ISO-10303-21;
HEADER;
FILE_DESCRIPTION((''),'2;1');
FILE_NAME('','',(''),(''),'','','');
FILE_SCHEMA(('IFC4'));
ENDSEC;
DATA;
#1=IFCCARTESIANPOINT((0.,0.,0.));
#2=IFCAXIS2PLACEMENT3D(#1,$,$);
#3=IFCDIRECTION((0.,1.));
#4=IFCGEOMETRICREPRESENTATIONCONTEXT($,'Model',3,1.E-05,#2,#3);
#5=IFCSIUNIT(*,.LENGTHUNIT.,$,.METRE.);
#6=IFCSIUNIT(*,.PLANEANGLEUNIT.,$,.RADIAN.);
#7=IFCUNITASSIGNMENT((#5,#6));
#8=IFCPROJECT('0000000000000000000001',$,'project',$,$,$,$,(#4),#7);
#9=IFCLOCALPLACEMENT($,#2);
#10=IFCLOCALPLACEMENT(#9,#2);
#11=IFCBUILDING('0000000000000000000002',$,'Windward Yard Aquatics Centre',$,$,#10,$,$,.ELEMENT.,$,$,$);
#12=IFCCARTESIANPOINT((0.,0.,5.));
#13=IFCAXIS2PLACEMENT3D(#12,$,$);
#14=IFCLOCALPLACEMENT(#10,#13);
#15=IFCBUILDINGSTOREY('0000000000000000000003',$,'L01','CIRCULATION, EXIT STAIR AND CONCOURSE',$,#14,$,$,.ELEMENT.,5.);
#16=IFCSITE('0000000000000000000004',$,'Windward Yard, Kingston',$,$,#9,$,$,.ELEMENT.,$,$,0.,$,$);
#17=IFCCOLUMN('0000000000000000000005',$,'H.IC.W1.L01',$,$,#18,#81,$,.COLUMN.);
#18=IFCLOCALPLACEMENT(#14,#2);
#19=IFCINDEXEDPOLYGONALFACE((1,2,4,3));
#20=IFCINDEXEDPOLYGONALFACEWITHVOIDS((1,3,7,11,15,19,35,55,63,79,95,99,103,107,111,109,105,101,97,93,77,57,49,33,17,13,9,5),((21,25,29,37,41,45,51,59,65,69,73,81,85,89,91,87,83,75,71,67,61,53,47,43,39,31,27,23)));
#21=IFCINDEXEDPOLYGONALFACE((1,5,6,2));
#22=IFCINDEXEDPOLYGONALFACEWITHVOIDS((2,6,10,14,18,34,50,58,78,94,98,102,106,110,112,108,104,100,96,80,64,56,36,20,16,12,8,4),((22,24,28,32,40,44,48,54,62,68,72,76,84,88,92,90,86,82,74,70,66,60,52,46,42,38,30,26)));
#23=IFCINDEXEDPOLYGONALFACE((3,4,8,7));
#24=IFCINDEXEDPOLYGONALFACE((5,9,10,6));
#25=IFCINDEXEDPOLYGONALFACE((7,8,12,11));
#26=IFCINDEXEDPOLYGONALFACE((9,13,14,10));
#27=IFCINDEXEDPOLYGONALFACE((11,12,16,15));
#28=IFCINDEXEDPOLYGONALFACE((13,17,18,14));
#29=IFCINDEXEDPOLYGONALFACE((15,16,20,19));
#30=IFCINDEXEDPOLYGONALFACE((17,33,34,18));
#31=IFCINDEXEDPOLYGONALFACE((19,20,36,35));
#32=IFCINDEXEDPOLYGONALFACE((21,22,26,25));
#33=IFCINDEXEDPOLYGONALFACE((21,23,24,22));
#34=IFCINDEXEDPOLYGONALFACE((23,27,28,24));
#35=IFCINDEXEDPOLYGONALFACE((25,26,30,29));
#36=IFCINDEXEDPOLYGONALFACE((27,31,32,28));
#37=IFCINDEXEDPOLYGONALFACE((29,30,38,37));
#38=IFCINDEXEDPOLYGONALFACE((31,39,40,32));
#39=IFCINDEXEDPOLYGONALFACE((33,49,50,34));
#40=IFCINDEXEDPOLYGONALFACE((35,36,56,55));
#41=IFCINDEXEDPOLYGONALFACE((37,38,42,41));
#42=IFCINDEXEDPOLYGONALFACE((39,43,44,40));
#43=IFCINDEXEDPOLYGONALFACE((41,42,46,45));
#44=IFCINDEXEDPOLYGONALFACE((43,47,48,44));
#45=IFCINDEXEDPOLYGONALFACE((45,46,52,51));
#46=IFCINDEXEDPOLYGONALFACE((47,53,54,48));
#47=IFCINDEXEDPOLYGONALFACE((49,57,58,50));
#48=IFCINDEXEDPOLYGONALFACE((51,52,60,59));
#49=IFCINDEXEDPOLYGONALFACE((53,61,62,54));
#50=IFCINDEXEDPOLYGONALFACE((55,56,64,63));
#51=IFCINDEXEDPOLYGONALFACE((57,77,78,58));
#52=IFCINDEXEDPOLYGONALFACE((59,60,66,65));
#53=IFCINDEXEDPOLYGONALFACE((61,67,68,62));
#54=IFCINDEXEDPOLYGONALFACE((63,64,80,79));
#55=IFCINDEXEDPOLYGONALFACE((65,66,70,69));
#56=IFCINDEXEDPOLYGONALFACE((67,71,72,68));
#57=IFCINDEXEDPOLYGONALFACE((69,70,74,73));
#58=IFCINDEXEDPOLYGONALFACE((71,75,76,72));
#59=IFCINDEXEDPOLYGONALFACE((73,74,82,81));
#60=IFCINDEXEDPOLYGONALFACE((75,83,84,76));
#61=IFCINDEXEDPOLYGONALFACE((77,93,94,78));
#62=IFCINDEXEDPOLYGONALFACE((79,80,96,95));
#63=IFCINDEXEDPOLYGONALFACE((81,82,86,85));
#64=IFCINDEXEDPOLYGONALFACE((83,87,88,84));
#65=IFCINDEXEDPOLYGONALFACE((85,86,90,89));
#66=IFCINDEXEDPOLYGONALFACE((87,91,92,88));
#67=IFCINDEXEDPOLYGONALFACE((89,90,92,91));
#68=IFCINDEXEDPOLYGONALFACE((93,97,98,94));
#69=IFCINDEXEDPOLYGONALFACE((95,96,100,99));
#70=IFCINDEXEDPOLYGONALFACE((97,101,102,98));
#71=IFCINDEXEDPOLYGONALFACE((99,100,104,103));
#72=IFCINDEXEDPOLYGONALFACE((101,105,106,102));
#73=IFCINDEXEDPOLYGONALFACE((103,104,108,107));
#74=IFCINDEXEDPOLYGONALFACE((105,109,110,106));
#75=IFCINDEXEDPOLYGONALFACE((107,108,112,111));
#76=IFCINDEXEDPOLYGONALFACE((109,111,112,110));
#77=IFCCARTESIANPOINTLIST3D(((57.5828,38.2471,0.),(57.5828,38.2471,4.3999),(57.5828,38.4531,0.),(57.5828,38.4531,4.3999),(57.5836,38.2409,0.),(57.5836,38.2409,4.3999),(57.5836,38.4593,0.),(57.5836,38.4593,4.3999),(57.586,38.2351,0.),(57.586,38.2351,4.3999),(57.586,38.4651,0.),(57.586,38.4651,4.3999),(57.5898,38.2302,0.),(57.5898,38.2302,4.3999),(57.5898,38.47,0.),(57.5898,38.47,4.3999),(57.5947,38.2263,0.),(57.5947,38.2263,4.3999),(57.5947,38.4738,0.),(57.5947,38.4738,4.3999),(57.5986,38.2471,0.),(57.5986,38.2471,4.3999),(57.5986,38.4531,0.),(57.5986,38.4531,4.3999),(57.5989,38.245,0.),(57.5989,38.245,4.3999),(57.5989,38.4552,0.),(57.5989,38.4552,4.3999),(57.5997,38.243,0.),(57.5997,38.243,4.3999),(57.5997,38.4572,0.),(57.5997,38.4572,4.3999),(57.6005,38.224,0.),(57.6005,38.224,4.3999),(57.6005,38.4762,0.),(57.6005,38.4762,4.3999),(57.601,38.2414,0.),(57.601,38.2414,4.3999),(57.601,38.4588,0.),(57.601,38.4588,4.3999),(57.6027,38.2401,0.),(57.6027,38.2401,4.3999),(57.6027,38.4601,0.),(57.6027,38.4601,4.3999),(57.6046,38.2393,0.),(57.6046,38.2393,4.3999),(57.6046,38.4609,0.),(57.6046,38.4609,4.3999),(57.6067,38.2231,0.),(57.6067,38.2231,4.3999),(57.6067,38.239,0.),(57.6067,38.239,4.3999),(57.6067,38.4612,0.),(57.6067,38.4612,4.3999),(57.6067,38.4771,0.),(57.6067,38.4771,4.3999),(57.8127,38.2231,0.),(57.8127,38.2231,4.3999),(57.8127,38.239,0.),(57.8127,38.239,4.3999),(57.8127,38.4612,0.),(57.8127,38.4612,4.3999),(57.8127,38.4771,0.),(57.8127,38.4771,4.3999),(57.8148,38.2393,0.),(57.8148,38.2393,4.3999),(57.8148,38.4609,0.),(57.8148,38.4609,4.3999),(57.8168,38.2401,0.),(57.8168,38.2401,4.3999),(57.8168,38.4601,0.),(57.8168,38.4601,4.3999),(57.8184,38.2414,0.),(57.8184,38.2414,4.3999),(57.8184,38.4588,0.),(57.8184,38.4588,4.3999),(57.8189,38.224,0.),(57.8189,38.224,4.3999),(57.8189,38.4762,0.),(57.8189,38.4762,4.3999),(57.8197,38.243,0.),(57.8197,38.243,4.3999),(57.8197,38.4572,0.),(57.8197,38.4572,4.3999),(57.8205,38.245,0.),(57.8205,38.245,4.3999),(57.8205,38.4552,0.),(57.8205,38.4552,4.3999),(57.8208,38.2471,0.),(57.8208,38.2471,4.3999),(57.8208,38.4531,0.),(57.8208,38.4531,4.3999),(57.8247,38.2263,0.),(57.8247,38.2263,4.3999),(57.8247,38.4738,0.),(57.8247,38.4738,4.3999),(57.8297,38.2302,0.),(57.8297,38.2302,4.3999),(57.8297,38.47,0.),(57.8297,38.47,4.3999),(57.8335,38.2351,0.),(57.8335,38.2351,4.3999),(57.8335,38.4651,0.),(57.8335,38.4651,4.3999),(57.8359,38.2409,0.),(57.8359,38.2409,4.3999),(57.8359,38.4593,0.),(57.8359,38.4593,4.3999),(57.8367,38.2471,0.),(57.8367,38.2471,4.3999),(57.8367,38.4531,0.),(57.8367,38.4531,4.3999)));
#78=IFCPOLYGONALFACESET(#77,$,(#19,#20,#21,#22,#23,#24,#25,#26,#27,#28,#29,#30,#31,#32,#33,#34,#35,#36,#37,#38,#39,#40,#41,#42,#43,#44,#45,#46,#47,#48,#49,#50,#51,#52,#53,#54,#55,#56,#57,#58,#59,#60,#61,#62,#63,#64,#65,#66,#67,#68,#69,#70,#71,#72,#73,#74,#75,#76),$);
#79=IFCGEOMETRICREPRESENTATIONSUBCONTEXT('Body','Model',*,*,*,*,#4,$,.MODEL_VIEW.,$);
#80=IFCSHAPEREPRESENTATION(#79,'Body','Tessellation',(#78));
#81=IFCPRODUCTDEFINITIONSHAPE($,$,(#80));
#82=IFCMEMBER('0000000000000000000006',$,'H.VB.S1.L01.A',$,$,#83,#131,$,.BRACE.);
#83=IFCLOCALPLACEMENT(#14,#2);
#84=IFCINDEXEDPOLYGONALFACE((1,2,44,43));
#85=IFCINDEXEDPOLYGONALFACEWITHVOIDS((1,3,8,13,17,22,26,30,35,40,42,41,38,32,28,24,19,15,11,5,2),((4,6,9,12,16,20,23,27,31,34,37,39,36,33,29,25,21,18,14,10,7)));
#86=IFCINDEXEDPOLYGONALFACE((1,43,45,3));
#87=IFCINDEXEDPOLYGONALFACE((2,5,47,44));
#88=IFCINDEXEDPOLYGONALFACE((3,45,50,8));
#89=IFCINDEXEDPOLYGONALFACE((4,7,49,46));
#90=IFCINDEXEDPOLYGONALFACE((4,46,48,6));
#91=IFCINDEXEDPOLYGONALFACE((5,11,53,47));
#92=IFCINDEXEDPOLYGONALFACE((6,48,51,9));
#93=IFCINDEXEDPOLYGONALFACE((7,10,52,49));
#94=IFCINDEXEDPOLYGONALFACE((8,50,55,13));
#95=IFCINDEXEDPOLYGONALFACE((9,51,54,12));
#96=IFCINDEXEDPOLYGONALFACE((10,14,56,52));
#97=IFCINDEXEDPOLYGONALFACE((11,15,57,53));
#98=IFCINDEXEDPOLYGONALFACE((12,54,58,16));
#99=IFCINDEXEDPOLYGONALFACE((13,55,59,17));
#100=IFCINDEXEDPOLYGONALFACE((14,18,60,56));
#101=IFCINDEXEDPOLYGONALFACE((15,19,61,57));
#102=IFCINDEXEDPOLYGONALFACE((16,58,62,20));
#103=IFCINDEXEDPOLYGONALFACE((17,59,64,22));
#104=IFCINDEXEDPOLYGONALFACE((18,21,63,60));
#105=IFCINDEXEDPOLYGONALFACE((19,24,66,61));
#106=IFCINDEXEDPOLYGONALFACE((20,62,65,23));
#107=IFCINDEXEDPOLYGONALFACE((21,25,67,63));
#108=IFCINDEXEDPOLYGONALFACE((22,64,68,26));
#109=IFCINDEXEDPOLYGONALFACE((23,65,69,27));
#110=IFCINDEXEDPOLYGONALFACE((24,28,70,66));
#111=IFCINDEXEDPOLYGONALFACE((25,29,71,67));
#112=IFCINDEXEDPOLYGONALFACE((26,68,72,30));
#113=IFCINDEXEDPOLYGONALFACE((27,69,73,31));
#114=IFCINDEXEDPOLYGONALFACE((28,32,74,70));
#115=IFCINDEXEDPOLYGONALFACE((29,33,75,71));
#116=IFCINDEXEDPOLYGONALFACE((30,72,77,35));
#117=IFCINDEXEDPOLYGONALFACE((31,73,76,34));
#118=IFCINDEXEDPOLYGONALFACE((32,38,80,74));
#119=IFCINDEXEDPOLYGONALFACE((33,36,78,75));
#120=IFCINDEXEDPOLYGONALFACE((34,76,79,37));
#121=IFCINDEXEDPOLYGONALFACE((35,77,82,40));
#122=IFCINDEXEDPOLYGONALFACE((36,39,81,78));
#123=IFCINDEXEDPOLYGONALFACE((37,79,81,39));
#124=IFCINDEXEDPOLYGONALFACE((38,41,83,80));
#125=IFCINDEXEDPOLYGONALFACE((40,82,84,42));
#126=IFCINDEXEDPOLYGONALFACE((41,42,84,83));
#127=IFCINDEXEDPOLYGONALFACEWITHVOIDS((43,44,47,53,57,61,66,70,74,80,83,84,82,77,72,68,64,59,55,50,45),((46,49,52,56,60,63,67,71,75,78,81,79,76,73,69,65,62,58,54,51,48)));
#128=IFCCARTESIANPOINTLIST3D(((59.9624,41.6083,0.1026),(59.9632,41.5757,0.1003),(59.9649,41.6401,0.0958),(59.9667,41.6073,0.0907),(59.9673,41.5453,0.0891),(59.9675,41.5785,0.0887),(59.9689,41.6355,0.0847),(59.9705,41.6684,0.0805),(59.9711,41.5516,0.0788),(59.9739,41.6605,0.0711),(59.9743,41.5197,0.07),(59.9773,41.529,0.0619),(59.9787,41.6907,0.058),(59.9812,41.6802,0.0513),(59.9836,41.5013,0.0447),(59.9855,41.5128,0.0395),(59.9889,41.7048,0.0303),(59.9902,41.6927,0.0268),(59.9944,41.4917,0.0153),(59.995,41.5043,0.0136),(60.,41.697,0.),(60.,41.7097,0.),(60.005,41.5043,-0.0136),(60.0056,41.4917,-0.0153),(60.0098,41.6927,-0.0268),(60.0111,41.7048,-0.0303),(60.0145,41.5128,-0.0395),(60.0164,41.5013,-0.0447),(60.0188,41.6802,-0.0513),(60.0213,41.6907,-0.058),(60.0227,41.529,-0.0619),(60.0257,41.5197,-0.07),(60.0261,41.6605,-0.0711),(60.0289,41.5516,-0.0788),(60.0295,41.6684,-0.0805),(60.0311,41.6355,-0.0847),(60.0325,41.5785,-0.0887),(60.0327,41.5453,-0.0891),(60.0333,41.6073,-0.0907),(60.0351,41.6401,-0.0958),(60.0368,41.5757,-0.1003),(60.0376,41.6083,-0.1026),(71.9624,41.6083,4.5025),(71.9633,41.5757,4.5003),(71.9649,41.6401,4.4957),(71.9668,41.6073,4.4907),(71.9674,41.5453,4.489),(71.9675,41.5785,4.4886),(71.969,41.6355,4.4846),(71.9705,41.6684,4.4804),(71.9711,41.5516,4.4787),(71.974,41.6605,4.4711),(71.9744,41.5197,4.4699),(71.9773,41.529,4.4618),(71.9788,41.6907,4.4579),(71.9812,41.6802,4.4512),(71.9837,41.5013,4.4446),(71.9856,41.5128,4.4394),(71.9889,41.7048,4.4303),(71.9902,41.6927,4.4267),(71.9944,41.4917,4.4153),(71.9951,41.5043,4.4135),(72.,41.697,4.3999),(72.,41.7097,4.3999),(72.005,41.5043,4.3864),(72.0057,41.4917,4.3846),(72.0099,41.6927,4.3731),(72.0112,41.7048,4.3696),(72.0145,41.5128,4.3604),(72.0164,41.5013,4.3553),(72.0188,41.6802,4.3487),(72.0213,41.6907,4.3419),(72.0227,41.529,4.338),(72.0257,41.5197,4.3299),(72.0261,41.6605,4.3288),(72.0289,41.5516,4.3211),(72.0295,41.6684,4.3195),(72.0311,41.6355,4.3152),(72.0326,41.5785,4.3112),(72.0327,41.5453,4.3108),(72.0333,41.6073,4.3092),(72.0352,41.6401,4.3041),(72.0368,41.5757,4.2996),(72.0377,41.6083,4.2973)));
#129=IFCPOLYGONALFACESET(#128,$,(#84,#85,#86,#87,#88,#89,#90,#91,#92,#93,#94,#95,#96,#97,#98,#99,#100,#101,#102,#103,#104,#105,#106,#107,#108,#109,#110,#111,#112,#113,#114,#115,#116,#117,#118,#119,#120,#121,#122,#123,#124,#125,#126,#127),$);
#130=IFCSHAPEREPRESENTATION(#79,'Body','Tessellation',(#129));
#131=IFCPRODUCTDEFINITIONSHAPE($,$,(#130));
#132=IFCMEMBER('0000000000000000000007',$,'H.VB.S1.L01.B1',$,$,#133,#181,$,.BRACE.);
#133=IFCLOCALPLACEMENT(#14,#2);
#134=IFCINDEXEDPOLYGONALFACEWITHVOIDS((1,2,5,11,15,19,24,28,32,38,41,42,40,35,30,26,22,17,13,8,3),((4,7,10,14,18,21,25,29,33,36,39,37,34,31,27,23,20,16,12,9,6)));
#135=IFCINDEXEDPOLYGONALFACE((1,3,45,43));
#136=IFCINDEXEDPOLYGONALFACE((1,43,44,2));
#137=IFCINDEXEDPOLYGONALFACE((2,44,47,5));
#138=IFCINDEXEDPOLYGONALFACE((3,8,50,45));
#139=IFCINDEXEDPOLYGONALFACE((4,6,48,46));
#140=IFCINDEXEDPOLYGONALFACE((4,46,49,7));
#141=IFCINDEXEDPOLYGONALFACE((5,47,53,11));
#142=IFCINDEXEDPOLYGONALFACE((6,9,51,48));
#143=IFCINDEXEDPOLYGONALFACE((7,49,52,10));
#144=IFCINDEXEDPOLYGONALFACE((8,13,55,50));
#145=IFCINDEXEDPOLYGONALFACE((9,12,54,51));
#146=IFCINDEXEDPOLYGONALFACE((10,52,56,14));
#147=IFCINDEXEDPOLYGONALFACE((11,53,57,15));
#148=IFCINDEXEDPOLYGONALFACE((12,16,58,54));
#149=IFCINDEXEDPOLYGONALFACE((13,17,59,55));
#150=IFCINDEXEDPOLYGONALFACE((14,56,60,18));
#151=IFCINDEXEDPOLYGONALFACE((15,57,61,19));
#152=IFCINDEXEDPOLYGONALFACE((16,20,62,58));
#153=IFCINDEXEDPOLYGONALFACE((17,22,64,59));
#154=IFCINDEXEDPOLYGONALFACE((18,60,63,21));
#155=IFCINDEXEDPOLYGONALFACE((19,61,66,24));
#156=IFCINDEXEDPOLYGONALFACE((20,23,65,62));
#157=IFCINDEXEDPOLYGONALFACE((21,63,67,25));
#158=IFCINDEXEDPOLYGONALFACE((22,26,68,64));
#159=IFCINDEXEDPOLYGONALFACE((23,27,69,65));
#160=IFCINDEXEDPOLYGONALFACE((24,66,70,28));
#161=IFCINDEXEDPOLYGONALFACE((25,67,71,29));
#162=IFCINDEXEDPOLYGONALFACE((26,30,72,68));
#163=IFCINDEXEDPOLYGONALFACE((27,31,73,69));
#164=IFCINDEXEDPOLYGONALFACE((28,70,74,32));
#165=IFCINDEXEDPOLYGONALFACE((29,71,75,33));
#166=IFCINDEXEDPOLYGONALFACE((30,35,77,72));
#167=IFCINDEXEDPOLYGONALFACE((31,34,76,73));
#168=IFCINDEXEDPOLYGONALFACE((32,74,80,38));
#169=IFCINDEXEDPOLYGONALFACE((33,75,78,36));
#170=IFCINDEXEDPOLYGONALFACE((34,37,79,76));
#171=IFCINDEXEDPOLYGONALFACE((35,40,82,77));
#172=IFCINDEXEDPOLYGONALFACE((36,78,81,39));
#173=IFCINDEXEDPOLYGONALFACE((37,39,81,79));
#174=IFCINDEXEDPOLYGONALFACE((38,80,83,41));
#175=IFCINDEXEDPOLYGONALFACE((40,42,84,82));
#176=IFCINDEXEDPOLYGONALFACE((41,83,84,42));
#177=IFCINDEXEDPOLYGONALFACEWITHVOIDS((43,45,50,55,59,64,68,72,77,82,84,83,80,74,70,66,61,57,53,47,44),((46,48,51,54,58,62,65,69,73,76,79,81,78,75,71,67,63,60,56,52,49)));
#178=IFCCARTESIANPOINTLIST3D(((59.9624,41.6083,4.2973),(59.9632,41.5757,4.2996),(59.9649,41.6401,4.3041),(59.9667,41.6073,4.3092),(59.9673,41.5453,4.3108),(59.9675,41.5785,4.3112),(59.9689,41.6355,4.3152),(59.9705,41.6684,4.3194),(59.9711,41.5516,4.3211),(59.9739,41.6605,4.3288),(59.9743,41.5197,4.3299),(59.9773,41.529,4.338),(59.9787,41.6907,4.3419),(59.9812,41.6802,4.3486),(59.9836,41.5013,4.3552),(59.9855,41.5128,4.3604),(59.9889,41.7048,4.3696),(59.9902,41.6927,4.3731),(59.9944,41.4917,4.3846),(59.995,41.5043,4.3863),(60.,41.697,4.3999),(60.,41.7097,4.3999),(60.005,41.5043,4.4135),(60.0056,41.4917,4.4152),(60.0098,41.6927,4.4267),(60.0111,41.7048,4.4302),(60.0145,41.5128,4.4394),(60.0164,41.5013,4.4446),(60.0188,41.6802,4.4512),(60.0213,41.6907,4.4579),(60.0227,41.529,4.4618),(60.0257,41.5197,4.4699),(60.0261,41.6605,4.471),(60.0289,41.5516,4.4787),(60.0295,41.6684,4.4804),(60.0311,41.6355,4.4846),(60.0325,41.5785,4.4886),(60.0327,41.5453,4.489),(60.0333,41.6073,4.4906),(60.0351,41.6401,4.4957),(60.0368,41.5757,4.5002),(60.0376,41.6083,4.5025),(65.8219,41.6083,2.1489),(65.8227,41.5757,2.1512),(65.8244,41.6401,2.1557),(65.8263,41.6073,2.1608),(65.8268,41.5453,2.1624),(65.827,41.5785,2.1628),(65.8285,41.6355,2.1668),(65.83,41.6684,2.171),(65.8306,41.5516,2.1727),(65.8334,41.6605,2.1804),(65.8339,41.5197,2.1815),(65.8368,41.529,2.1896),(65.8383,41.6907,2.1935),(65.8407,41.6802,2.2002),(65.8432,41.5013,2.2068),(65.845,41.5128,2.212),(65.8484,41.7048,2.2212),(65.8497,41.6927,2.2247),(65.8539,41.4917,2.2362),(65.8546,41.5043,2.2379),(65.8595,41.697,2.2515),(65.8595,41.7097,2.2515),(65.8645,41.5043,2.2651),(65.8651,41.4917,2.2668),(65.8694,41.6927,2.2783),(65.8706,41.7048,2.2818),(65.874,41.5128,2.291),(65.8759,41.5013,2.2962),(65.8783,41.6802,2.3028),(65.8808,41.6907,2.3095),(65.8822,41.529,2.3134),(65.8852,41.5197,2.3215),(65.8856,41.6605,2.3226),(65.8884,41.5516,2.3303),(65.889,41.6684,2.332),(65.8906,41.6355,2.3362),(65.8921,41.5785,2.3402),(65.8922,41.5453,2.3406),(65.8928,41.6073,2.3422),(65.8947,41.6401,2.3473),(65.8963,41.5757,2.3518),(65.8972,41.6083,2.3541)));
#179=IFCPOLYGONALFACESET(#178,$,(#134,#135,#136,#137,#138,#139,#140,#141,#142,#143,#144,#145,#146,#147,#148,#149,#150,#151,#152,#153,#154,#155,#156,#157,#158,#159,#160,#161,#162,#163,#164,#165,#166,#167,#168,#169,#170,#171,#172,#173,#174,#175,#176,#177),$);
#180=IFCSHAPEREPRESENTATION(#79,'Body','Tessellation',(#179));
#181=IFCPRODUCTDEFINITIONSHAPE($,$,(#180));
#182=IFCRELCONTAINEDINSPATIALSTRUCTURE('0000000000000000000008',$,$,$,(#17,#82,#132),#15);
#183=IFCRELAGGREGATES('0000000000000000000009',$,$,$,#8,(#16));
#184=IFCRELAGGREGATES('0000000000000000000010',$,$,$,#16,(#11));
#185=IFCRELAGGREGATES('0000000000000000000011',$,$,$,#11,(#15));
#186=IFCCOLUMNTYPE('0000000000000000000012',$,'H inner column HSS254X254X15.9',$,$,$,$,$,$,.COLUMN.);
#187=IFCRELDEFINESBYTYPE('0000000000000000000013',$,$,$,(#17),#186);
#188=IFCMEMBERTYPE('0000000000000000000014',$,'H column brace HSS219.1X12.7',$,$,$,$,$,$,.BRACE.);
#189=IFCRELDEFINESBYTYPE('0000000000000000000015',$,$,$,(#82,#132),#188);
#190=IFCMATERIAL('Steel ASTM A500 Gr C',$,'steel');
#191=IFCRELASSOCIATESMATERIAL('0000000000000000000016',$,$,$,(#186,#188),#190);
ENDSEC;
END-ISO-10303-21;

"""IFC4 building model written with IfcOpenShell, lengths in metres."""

from ifc_helpers import new_model, si_unit, direction, frame, origin, origin_2d, place, context, subcontext, project, spatial, hollow_rectangle, hollow_circle, extrude, material, material_profile, profile_set, type_object, element, save


model = new_model("IFC4")

# Units and contexts
model_context = context("Model", 3, precision=1e-05, world=origin(), true_north=direction((0.0, 1.0)))
body_context = subcontext(model_context, "Body", "Model", "MODEL_VIEW")
ifc_project = project(units=[si_unit("LENGTHUNIT", "METRE"), si_unit("PLANEANGLEUNIT", "RADIAN")], contexts=[model_context])

# Site, building, storey
site_placement = place(None, origin())
site = spatial("IfcSite", under=ifc_project, at=site_placement, Name="Windward Yard, Kingston", CompositionType="ELEMENT", RefElevation=0.0)
building_placement = place(site_placement, origin())
building = spatial("IfcBuilding", under=site, at=building_placement, Name="Windward Yard Aquatics Centre", CompositionType="ELEMENT")
storey_placement = place(building_placement, frame((0.0, 0.0, 5.0)))
storey = spatial("IfcBuildingStorey", under=building, at=storey_placement, Name="L01", Description="CIRCULATION, EXIT STAIR AND CONCOURSE", CompositionType="ELEMENT", Elevation=5.0)

# Column
ifc_material_1 = material(Name="Steel ASTM A500 Gr C", Category="steel")
ifc_material_profile_1 = material_profile(ifc_material_1, hollow_rectangle(XDim=0.2539, YDim=0.2539, WallThickness=0.0159, InnerFilletRadius=0.0081, OuterFilletRadius=0.0239, at=origin_2d()), Name="HSS254X254X15.9")
ifc_profile_set_1 = profile_set([ifc_material_profile_1], Name="Steel ASTM A500 Gr C")
column_type_1 = type_object("IfcColumnType", Name="H inner column HSS254X254X15.9", PredefinedType="COLUMN", material=ifc_profile_set_1)
for number, where, z_axis, x_axis, name in (
    (1, (57.7097, 38.3501, 0.0), (0.0, 0.0, 1.0), (1.0, 0.0, 0.0), "H.IC.W1.L01"),
):
    element("IfcColumn", number, at=place(storey_placement, frame(where, z_axis=z_axis, x_axis=x_axis)), inside=storey, type_object=column_type_1, Name=name, PredefinedType="COLUMN", context=body_context, shape_type="SweptSolid", body=[
        extrude(hollow_rectangle(XDim=0.2539, YDim=0.2539, WallThickness=0.0159, InnerFilletRadius=0.0081, OuterFilletRadius=0.0239, at=origin_2d()), origin(), (0.0, 0.0, 1.0), 4.3999),
    ])

# Members
ifc_material_profile_2 = material_profile(ifc_material_1, hollow_circle(Radius=0.1096, WallThickness=0.0127, at=origin_2d()), Name="HSS219.1X12.7")
ifc_profile_set_2 = profile_set([ifc_material_profile_2], Name="Steel ASTM A500 Gr C")
member_type = type_object("IfcMemberType", Name="H column brace HSS219.1X12.7", PredefinedType="BRACE", material=ifc_profile_set_2)
member_placement = place(storey_placement, frame((60.0, 41.6001, 0.0), z_axis=(0.938879, 0.0, 0.344248), x_axis=(0.0, 1.0, 0.0)))
element("IfcMember", 2, at=member_placement, inside=storey, type_object=member_type, Name="H.VB.S1.L01.A", PredefinedType="BRACE", context=body_context, shape_type="SweptSolid", body=[
    extrude(hollow_circle(Radius=0.1096, WallThickness=0.0127, at=origin_2d()), origin(), (0.0, 0.0, 1.0), 12.7812),
])
for number, where, z_axis, x_axis, name in (
    (3, (60.0, 41.6001, 4.3999), (0.938881, 0.0, -0.344242), (0.0, 1.0, 0.0), "H.VB.S1.L01.B1"),
):
    element("IfcMember", number, at=place(storey_placement, frame(where, z_axis=z_axis, x_axis=x_axis)), inside=storey, type_object=member_type, Name=name, PredefinedType="BRACE", context=body_context, shape_type="SweptSolid", body=[
        extrude(hollow_circle(Radius=0.1096, WallThickness=0.0127, at=origin_2d()), origin(), (0.0, 0.0, 1.0), 6.241),
    ])

save(model, "model.ifc")
